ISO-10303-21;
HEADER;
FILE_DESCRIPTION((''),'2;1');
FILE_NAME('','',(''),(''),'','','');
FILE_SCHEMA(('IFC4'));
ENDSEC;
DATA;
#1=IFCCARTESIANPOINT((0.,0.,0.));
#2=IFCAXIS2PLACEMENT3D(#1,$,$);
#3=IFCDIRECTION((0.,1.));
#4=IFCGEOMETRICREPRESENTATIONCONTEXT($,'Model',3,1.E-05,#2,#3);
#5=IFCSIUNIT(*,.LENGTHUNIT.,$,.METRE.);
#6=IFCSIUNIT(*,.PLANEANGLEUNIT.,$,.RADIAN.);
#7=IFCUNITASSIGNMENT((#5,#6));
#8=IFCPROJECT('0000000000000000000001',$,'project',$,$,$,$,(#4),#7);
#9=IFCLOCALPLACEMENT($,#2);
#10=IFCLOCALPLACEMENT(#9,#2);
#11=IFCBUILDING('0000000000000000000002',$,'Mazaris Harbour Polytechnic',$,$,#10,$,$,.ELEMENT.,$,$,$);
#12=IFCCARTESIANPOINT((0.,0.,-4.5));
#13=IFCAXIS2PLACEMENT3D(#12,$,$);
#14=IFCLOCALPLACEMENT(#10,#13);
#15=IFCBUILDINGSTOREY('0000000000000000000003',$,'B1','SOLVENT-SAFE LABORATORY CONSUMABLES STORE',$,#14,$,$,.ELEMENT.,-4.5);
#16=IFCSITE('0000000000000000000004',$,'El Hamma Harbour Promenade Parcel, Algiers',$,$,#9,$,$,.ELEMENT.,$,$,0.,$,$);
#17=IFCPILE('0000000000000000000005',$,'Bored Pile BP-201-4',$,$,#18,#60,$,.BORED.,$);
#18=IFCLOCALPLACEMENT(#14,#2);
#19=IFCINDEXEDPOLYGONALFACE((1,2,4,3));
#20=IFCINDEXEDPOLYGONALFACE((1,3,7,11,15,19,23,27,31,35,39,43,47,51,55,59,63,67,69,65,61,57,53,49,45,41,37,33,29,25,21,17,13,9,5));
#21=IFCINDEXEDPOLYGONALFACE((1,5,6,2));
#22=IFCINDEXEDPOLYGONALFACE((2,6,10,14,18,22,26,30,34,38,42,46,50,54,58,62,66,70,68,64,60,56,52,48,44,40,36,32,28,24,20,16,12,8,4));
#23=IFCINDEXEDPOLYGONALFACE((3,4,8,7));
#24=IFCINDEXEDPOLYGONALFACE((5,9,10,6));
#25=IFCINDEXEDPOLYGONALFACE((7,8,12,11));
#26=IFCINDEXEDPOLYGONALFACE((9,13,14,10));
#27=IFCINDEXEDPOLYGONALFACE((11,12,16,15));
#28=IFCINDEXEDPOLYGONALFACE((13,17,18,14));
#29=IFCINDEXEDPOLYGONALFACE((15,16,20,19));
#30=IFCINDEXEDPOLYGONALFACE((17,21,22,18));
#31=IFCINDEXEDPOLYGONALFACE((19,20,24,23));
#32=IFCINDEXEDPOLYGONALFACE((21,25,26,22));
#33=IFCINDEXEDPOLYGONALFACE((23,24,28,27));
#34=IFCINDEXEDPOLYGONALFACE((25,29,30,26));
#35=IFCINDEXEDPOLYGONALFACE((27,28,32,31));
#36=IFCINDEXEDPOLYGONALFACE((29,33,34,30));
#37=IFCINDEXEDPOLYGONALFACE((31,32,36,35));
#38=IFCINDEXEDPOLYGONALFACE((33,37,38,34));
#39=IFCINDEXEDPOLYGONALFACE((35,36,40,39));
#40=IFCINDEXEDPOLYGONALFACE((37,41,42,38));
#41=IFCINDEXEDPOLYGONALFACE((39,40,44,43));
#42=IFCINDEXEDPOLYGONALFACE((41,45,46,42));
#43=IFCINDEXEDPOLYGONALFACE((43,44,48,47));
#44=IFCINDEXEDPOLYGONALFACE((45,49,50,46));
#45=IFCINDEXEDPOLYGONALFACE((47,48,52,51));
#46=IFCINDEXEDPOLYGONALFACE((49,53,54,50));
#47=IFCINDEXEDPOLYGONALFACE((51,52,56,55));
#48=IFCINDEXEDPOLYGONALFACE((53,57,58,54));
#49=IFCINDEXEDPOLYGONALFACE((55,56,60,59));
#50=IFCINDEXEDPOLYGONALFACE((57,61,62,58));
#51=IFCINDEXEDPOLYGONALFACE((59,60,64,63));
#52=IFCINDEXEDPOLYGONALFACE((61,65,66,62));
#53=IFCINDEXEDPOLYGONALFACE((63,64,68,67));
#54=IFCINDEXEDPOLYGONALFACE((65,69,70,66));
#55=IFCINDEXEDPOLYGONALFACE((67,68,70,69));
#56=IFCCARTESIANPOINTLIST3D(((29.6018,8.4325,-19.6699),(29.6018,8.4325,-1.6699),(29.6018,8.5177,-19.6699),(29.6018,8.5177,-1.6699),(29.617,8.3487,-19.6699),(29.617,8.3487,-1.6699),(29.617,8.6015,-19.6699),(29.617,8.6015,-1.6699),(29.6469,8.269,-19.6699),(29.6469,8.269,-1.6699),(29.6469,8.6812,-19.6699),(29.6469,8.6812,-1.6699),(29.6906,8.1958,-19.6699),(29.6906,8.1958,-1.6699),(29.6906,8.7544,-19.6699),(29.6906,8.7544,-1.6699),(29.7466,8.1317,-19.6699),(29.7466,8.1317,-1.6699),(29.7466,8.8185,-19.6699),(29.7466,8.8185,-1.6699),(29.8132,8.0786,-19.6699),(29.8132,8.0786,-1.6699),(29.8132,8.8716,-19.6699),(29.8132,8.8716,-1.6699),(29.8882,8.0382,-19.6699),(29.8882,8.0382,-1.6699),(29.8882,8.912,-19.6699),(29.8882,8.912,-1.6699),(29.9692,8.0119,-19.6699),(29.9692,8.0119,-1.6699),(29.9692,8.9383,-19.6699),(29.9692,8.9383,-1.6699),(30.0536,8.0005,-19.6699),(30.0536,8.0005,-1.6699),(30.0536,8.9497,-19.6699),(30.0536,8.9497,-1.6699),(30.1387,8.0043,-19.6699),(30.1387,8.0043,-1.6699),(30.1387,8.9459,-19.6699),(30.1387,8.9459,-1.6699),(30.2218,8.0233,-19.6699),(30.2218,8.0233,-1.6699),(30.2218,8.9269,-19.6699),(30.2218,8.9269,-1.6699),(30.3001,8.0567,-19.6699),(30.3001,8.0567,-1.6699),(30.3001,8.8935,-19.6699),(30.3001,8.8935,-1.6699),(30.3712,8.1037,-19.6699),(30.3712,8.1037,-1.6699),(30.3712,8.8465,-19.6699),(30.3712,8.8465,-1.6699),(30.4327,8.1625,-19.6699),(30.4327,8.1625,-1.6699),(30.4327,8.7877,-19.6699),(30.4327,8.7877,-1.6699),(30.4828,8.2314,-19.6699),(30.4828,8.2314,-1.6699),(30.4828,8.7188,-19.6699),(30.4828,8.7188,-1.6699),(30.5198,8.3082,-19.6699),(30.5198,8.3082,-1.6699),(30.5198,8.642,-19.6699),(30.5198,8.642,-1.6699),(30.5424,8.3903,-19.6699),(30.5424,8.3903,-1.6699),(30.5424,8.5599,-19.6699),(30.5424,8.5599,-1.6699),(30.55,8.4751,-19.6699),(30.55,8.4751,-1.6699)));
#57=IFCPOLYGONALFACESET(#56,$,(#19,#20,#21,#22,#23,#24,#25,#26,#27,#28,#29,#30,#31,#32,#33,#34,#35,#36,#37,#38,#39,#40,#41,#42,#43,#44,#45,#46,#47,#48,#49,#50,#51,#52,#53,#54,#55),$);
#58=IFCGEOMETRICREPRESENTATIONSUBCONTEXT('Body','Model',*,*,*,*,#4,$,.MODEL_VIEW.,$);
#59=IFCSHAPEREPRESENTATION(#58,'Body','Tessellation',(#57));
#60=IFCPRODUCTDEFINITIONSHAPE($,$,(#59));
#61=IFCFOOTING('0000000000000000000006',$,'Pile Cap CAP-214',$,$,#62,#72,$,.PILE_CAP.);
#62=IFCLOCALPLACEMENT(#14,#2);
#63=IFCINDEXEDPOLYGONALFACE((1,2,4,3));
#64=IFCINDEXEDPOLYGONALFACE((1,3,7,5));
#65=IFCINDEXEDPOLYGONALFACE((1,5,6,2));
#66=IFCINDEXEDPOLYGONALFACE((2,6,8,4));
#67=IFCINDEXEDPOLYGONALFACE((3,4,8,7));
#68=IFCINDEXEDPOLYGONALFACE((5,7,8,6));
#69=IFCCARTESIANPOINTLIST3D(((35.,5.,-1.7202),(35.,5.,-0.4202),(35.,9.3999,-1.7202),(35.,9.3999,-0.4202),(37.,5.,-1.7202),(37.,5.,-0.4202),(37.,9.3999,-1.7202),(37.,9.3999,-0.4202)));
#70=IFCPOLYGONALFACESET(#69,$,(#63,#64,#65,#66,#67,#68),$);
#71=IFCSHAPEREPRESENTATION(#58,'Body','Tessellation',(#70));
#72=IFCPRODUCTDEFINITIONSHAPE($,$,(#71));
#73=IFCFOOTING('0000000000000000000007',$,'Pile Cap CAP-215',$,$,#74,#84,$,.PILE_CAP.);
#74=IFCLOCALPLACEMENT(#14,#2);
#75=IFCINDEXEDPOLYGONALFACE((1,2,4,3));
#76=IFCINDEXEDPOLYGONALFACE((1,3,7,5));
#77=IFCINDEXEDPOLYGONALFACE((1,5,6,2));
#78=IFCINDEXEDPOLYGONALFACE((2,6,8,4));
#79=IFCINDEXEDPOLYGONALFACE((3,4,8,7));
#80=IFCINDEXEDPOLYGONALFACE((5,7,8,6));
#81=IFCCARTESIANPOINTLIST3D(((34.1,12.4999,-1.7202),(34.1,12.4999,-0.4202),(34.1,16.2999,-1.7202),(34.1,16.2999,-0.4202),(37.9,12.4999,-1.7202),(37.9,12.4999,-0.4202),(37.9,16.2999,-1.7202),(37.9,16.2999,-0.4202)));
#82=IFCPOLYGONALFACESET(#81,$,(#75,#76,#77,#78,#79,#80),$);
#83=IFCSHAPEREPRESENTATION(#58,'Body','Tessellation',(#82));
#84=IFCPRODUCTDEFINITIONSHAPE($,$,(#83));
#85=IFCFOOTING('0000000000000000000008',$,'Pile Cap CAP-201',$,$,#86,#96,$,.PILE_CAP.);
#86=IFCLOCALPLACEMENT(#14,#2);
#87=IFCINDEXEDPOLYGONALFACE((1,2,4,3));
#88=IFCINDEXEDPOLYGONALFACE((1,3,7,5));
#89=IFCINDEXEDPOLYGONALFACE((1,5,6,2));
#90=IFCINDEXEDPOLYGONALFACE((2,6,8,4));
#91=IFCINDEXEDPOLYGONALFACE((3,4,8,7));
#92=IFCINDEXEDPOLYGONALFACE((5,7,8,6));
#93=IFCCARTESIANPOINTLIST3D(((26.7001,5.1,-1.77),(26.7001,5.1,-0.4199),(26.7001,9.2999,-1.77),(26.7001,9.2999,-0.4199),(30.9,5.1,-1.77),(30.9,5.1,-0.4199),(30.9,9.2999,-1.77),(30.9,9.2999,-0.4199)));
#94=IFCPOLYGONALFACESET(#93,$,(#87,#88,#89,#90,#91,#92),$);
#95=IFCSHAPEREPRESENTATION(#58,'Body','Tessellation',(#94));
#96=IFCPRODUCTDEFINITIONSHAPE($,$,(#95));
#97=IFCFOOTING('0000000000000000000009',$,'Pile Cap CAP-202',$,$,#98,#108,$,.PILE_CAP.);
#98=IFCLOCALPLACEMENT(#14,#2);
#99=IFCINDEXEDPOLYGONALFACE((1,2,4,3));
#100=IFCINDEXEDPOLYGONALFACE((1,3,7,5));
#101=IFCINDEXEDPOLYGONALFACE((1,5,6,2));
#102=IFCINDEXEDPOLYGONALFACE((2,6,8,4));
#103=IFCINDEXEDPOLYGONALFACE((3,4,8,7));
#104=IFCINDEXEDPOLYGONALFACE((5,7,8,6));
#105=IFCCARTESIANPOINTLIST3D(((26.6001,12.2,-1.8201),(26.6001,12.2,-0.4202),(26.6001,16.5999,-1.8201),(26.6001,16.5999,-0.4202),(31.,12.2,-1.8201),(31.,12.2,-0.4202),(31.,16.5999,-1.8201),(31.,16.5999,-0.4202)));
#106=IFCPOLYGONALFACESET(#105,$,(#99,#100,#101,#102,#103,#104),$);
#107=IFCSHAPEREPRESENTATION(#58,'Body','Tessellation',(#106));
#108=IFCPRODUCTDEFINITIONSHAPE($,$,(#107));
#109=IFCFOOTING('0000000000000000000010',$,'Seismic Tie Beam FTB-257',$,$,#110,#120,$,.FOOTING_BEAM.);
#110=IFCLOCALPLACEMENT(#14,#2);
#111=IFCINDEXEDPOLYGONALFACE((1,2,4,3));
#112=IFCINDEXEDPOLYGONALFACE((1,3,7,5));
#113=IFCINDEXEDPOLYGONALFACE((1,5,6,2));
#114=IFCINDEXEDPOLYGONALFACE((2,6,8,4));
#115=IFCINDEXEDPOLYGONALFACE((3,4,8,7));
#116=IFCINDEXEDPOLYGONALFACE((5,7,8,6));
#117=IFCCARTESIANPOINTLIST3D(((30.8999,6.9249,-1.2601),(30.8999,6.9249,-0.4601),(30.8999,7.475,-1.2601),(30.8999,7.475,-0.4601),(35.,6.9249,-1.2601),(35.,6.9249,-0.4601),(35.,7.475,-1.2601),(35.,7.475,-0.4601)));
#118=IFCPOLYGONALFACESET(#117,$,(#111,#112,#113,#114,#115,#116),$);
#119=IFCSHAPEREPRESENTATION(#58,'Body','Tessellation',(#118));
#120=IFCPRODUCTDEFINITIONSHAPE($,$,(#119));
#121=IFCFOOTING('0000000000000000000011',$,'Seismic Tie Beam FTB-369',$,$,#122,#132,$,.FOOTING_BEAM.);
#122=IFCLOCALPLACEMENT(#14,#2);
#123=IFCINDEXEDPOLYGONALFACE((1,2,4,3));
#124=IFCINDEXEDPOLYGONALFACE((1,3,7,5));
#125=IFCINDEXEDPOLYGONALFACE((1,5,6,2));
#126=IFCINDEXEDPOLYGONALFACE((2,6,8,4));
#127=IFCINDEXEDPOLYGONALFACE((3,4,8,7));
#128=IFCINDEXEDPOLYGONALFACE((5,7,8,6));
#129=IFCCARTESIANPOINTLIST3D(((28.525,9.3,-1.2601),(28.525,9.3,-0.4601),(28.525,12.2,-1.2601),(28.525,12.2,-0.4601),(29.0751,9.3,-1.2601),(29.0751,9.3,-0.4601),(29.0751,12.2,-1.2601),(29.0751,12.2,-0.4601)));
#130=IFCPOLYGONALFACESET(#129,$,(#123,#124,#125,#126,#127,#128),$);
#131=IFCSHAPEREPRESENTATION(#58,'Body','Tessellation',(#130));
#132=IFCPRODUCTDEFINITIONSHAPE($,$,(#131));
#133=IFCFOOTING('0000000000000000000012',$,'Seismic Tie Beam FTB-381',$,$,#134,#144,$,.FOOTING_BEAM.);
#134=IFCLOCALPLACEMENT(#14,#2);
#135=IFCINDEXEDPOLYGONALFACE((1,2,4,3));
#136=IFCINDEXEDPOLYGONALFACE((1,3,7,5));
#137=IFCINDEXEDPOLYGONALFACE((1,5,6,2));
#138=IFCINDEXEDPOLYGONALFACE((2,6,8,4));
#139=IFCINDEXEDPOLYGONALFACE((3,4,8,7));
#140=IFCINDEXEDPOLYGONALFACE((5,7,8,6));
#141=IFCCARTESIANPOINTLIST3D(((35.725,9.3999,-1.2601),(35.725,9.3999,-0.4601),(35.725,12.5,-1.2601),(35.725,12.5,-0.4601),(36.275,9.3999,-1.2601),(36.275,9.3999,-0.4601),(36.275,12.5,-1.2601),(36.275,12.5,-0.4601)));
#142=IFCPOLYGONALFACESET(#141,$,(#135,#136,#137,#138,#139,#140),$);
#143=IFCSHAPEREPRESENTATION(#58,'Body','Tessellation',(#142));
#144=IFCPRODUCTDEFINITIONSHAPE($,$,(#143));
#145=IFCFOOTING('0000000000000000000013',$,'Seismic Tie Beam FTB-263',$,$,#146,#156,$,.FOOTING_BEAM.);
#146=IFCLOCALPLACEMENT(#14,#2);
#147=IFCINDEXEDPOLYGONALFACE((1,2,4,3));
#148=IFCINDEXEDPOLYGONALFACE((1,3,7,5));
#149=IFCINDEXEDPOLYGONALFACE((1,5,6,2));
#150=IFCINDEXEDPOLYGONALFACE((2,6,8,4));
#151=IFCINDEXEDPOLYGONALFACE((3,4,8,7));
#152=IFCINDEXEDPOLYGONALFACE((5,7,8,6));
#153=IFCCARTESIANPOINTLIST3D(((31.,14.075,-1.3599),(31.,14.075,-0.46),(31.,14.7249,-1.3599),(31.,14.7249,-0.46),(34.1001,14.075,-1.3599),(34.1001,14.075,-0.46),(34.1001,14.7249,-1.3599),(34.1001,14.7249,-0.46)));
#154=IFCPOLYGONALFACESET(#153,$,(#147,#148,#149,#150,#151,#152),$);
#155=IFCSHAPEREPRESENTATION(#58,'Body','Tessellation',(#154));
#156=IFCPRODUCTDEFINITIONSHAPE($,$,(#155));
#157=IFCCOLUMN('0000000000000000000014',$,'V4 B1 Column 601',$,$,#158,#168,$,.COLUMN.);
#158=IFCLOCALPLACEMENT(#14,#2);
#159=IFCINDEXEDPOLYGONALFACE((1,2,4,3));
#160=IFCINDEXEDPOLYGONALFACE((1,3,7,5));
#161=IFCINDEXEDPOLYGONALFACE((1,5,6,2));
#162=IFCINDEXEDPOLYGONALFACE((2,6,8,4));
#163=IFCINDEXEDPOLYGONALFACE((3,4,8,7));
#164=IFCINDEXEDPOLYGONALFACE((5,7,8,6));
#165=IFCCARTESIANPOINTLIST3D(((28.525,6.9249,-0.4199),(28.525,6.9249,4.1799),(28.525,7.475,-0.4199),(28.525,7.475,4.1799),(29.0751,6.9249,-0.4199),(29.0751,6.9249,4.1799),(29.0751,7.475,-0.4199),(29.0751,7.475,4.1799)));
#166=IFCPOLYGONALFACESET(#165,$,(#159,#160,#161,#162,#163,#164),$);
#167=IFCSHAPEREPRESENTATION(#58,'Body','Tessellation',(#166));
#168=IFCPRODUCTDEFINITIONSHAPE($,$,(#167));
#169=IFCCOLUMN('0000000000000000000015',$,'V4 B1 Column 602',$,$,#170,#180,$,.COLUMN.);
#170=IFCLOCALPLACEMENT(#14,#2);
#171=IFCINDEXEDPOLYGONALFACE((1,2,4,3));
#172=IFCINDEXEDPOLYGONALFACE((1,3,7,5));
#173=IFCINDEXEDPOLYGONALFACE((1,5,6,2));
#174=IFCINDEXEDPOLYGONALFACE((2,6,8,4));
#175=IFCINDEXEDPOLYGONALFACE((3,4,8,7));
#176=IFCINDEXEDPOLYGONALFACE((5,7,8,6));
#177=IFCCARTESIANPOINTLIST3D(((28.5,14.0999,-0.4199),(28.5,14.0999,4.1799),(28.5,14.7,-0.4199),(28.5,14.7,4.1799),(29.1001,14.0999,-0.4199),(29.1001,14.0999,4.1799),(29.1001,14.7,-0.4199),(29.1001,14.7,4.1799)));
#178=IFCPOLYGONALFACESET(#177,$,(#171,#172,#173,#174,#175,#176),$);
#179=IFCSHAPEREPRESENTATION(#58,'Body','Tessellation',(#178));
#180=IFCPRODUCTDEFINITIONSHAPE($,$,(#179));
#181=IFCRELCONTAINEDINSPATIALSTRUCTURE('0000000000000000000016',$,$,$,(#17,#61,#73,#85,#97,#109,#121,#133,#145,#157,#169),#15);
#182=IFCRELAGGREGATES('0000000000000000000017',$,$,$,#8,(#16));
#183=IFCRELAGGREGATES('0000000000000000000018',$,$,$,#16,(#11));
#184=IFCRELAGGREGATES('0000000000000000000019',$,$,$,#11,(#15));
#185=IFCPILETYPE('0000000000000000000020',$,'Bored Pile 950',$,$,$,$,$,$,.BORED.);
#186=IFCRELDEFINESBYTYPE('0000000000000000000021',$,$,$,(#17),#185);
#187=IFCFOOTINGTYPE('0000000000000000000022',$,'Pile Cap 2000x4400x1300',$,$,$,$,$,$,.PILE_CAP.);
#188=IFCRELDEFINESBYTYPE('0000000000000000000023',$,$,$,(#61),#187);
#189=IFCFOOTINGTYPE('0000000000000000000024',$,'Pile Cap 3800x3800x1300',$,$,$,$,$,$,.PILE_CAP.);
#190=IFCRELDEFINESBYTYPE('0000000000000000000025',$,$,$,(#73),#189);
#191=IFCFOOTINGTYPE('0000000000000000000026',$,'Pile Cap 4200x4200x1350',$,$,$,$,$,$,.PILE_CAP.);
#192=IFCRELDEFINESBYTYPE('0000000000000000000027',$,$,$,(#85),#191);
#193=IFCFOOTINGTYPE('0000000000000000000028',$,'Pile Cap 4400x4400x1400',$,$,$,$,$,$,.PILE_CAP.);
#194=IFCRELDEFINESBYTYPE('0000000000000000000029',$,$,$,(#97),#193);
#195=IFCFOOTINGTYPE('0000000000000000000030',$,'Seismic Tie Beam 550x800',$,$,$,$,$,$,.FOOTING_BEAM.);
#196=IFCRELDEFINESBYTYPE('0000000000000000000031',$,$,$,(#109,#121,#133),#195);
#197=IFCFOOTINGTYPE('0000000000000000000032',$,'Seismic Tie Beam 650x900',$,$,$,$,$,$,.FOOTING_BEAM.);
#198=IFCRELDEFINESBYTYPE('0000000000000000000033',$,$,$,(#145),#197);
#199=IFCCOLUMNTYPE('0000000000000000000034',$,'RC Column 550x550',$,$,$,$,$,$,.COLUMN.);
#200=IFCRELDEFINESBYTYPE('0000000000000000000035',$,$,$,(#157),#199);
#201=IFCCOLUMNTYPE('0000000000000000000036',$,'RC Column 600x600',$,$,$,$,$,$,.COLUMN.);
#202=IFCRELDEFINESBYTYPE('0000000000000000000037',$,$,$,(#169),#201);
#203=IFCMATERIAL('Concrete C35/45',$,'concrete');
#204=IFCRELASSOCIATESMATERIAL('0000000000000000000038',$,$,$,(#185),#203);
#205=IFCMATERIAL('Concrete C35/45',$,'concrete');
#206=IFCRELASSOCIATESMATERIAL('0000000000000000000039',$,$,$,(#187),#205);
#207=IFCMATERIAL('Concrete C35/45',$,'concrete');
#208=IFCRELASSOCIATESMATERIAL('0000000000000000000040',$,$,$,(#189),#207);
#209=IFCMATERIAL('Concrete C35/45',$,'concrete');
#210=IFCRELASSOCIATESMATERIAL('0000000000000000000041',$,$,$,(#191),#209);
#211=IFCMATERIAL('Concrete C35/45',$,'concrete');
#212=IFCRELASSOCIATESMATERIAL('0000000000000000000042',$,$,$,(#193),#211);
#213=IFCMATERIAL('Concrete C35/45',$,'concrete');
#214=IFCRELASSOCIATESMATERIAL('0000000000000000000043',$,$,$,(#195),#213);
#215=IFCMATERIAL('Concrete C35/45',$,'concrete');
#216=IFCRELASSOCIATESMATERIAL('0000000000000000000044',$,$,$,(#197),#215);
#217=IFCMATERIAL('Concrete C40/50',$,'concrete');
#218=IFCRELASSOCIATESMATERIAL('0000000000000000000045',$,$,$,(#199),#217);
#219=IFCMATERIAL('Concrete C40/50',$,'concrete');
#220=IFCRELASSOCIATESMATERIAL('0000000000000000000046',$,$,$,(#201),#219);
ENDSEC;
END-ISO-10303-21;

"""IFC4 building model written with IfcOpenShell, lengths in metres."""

from ifc_helpers import new_model, si_unit, direction, frame, origin, origin_2d, place, context, subcontext, project, spatial, rectangle, circle, extrude, material, material_profile, profile_set, type_object, element, save


model = new_model("IFC4")

# Units and contexts
model_context = context("Model", 3, precision=1e-05, world=origin(), true_north=direction((0.0, 1.0)))
body_context = subcontext(model_context, "Body", "Model", "MODEL_VIEW")
ifc_project = project(units=[si_unit("LENGTHUNIT", "METRE"), si_unit("PLANEANGLEUNIT", "RADIAN")], contexts=[model_context])

# Site, building, storey
site_placement = place(None, origin())
site = spatial("IfcSite", under=ifc_project, at=site_placement, Name="El Hamma Harbour Promenade Parcel, Algiers", CompositionType="ELEMENT", RefElevation=0.0)
building_placement = place(site_placement, origin())
building = spatial("IfcBuilding", under=site, at=building_placement, Name="Mazaris Harbour Polytechnic", CompositionType="ELEMENT")
storey_placement = place(building_placement, frame((0.0, 0.0, -4.5)))
storey = spatial("IfcBuildingStorey", under=building, at=storey_placement, Name="B1", Description="SOLVENT-SAFE LABORATORY CONSUMABLES STORE", CompositionType="ELEMENT", Elevation=-4.5)

# Pile
ifc_material_1 = material(Name="Concrete C35/45", Category="concrete")
ifc_material_profile_1 = material_profile(ifc_material_1, circle(Radius=0.4751, at=origin_2d()), Name="DIA950")
ifc_profile_set_1 = profile_set([ifc_material_profile_1], Name="Concrete C35/45")
pile_type_1 = type_object("IfcPileType", Name="Bored Pile 950", PredefinedType="BORED", material=ifc_profile_set_1)
for number, where, z_axis, x_axis, name in (
    (1, (30.075, 8.4751, -1.6699), (0.0, 0.0, -1.0), (1.0, 0.0, 0.0), "Bored Pile BP-201-4"),
):
    element("IfcPile", number, at=place(storey_placement, frame(where, z_axis=z_axis, x_axis=x_axis)), inside=storey, type_object=pile_type_1, Name=name, PredefinedType="BORED", context=body_context, shape_type="SweptSolid", body=[
        extrude(circle(Radius=0.4751, at=origin_2d()), origin(), (0.0, 0.0, 1.0), 18.0),
    ])

# Footings
ifc_material_2 = material(Name="Concrete C35/45", Category="concrete")
footing_type_1 = type_object("IfcFootingType", Name="Pile Cap 2000x4400x1300", PredefinedType="PILE_CAP", material=ifc_material_2)
footing_1_placement = place(storey_placement, frame((36.0, 7.2, -1.7202), z_axis=(0.0, 0.0, 1.0), x_axis=(1.0, 0.0, 0.0)))
element("IfcFooting", 2, at=footing_1_placement, inside=storey, type_object=footing_type_1, Name="Pile Cap CAP-214", PredefinedType="PILE_CAP", context=body_context, shape_type="SweptSolid", body=[
    extrude(rectangle(XDim=2.0, YDim=4.3999, at=origin_2d()), origin(), (0.0, 0.0, 1.0), 1.3),
])
ifc_material_3 = material(Name="Concrete C35/45", Category="concrete")
footing_type_2 = type_object("IfcFootingType", Name="Pile Cap 3800x3800x1300", PredefinedType="PILE_CAP", material=ifc_material_3)
footing_2_placement = place(storey_placement, frame((36.0, 14.3999, -1.7202), z_axis=(0.0, 0.0, 1.0), x_axis=(1.0, 0.0, 0.0)))
element("IfcFooting", 3, at=footing_2_placement, inside=storey, type_object=footing_type_2, Name="Pile Cap CAP-215", PredefinedType="PILE_CAP", context=body_context, shape_type="SweptSolid", body=[
    extrude(rectangle(XDim=3.8, YDim=3.8, at=origin_2d()), origin(), (0.0, 0.0, 1.0), 1.3),
])
ifc_material_4 = material(Name="Concrete C35/45", Category="concrete")
footing_type_3 = type_object("IfcFootingType", Name="Pile Cap 4200x4200x1350", PredefinedType="PILE_CAP", material=ifc_material_4)
footing_3_placement = place(storey_placement, frame((28.8, 7.2, -1.77), z_axis=(0.0, 0.0, 1.0), x_axis=(1.0, 0.0, 0.0)))
element("IfcFooting", 4, at=footing_3_placement, inside=storey, type_object=footing_type_3, Name="Pile Cap CAP-201", PredefinedType="PILE_CAP", context=body_context, shape_type="SweptSolid", body=[
    extrude(rectangle(XDim=4.2, YDim=4.2, at=origin_2d()), origin(), (0.0, 0.0, 1.0), 1.3501),
])
ifc_material_5 = material(Name="Concrete C35/45", Category="concrete")
footing_type_4 = type_object("IfcFootingType", Name="Pile Cap 4400x4400x1400", PredefinedType="PILE_CAP", material=ifc_material_5)
footing_4_placement = place(storey_placement, frame((28.8, 14.3999, -1.8201), z_axis=(0.0, 0.0, 1.0), x_axis=(1.0, 0.0, 0.0)))
element("IfcFooting", 5, at=footing_4_placement, inside=storey, type_object=footing_type_4, Name="Pile Cap CAP-202", PredefinedType="PILE_CAP", context=body_context, shape_type="SweptSolid", body=[
    extrude(rectangle(XDim=4.3999, YDim=4.3999, at=origin_2d()), origin(), (0.0, 0.0, 1.0), 1.3999),
])
ifc_material_6 = material(Name="Concrete C35/45", Category="concrete")
ifc_material_profile_2 = material_profile(ifc_material_6, rectangle(XDim=0.55, YDim=0.8, at=origin_2d()), Name="RECT550x800")
ifc_profile_set_2 = profile_set([ifc_material_profile_2], Name="Concrete C35/45")
footing_type_5 = type_object("IfcFootingType", Name="Seismic Tie Beam 550x800", PredefinedType="FOOTING_BEAM", material=ifc_profile_set_2)
footing_5_placement = place(storey_placement, frame((30.8999, 7.2, -0.8601), z_axis=(1.0, 0.0, 0.0), x_axis=(0.0, 1.0, 0.0)))
element("IfcFooting", 6, at=footing_5_placement, inside=storey, type_object=footing_type_5, Name="Seismic Tie Beam FTB-257", PredefinedType="FOOTING_BEAM", context=body_context, shape_type="SweptSolid", body=[
    extrude(rectangle(XDim=0.55, YDim=0.8, at=origin_2d()), origin(), (0.0, 0.0, 1.0), 4.1001),
])
footing_6_placement = place(storey_placement, frame((28.8, 9.3, -0.8601), z_axis=(0.0, 1.0, 0.0), x_axis=(-1.0, 0.0, 0.0)))
element("IfcFooting", 7, at=footing_6_placement, inside=storey, type_object=footing_type_5, Name="Seismic Tie Beam FTB-369", PredefinedType="FOOTING_BEAM", context=body_context, shape_type="SweptSolid", body=[
    extrude(rectangle(XDim=0.55, YDim=0.8, at=origin_2d()), origin(), (0.0, 0.0, 1.0), 2.8999),
])
footing_7_placement = place(storey_placement, frame((36.0, 9.3999, -0.8601), z_axis=(0.0, 1.0, 0.0), x_axis=(-1.0, 0.0, 0.0)))
element("IfcFooting", 8, at=footing_7_placement, inside=storey, type_object=footing_type_5, Name="Seismic Tie Beam FTB-381", PredefinedType="FOOTING_BEAM", context=body_context, shape_type="SweptSolid", body=[
    extrude(rectangle(XDim=0.55, YDim=0.8, at=origin_2d()), origin(), (0.0, 0.0, 1.0), 3.1001),
])
ifc_material_7 = material(Name="Concrete C35/45", Category="concrete")
ifc_material_profile_3 = material_profile(ifc_material_7, rectangle(XDim=0.6499, YDim=0.8999, at=origin_2d()), Name="RECT650x900")
ifc_profile_set_3 = profile_set([ifc_material_profile_3], Name="Concrete C35/45")
footing_type_6 = type_object("IfcFootingType", Name="Seismic Tie Beam 650x900", PredefinedType="FOOTING_BEAM", material=ifc_profile_set_3)
footing_8_placement = place(storey_placement, frame((31.0, 14.3999, -0.9099), z_axis=(1.0, 0.0, 0.0), x_axis=(0.0, 1.0, 0.0)))
element("IfcFooting", 9, at=footing_8_placement, inside=storey, type_object=footing_type_6, Name="Seismic Tie Beam FTB-263", PredefinedType="FOOTING_BEAM", context=body_context, shape_type="SweptSolid", body=[
    extrude(rectangle(XDim=0.6499, YDim=0.8999, at=origin_2d()), origin(), (0.0, 0.0, 1.0), 3.1001),
])

# Columns
ifc_material_8 = material(Name="Concrete C40/50", Category="concrete")
ifc_material_profile_4 = material_profile(ifc_material_8, rectangle(XDim=0.55, YDim=0.55, at=origin_2d()), Name="RECT550x550")
ifc_profile_set_4 = profile_set([ifc_material_profile_4], Name="Concrete C40/50")
column_type_1 = type_object("IfcColumnType", Name="RC Column 550x550", PredefinedType="COLUMN", material=ifc_profile_set_4)
column_1_placement = place(storey_placement, frame((28.8, 7.2, -0.4199), z_axis=(0.0, 0.0, 1.0), x_axis=(1.0, 0.0, 0.0)))
element("IfcColumn", 10, at=column_1_placement, inside=storey, type_object=column_type_1, Name="V4 B1 Column 601", PredefinedType="COLUMN", context=body_context, shape_type="SweptSolid", body=[
    extrude(rectangle(XDim=0.55, YDim=0.55, at=origin_2d()), origin(), (0.0, 0.0, 1.0), 4.5999),
])
ifc_material_9 = material(Name="Concrete C40/50", Category="concrete")
ifc_material_profile_5 = material_profile(ifc_material_9, rectangle(XDim=0.6001, YDim=0.6001, at=origin_2d()), Name="RECT600x600")
ifc_profile_set_5 = profile_set([ifc_material_profile_5], Name="Concrete C40/50")
column_type_2 = type_object("IfcColumnType", Name="RC Column 600x600", PredefinedType="COLUMN", material=ifc_profile_set_5)
column_2_placement = place(storey_placement, frame((28.8, 14.3999, -0.4199), z_axis=(0.0, 0.0, 1.0), x_axis=(1.0, 0.0, 0.0)))
element("IfcColumn", 11, at=column_2_placement, inside=storey, type_object=column_type_2, Name="V4 B1 Column 602", PredefinedType="COLUMN", context=body_context, shape_type="SweptSolid", body=[
    extrude(rectangle(XDim=0.6001, YDim=0.6001, at=origin_2d()), origin(), (0.0, 0.0, 1.0), 4.5999),
])

save(model, "model.ifc")
